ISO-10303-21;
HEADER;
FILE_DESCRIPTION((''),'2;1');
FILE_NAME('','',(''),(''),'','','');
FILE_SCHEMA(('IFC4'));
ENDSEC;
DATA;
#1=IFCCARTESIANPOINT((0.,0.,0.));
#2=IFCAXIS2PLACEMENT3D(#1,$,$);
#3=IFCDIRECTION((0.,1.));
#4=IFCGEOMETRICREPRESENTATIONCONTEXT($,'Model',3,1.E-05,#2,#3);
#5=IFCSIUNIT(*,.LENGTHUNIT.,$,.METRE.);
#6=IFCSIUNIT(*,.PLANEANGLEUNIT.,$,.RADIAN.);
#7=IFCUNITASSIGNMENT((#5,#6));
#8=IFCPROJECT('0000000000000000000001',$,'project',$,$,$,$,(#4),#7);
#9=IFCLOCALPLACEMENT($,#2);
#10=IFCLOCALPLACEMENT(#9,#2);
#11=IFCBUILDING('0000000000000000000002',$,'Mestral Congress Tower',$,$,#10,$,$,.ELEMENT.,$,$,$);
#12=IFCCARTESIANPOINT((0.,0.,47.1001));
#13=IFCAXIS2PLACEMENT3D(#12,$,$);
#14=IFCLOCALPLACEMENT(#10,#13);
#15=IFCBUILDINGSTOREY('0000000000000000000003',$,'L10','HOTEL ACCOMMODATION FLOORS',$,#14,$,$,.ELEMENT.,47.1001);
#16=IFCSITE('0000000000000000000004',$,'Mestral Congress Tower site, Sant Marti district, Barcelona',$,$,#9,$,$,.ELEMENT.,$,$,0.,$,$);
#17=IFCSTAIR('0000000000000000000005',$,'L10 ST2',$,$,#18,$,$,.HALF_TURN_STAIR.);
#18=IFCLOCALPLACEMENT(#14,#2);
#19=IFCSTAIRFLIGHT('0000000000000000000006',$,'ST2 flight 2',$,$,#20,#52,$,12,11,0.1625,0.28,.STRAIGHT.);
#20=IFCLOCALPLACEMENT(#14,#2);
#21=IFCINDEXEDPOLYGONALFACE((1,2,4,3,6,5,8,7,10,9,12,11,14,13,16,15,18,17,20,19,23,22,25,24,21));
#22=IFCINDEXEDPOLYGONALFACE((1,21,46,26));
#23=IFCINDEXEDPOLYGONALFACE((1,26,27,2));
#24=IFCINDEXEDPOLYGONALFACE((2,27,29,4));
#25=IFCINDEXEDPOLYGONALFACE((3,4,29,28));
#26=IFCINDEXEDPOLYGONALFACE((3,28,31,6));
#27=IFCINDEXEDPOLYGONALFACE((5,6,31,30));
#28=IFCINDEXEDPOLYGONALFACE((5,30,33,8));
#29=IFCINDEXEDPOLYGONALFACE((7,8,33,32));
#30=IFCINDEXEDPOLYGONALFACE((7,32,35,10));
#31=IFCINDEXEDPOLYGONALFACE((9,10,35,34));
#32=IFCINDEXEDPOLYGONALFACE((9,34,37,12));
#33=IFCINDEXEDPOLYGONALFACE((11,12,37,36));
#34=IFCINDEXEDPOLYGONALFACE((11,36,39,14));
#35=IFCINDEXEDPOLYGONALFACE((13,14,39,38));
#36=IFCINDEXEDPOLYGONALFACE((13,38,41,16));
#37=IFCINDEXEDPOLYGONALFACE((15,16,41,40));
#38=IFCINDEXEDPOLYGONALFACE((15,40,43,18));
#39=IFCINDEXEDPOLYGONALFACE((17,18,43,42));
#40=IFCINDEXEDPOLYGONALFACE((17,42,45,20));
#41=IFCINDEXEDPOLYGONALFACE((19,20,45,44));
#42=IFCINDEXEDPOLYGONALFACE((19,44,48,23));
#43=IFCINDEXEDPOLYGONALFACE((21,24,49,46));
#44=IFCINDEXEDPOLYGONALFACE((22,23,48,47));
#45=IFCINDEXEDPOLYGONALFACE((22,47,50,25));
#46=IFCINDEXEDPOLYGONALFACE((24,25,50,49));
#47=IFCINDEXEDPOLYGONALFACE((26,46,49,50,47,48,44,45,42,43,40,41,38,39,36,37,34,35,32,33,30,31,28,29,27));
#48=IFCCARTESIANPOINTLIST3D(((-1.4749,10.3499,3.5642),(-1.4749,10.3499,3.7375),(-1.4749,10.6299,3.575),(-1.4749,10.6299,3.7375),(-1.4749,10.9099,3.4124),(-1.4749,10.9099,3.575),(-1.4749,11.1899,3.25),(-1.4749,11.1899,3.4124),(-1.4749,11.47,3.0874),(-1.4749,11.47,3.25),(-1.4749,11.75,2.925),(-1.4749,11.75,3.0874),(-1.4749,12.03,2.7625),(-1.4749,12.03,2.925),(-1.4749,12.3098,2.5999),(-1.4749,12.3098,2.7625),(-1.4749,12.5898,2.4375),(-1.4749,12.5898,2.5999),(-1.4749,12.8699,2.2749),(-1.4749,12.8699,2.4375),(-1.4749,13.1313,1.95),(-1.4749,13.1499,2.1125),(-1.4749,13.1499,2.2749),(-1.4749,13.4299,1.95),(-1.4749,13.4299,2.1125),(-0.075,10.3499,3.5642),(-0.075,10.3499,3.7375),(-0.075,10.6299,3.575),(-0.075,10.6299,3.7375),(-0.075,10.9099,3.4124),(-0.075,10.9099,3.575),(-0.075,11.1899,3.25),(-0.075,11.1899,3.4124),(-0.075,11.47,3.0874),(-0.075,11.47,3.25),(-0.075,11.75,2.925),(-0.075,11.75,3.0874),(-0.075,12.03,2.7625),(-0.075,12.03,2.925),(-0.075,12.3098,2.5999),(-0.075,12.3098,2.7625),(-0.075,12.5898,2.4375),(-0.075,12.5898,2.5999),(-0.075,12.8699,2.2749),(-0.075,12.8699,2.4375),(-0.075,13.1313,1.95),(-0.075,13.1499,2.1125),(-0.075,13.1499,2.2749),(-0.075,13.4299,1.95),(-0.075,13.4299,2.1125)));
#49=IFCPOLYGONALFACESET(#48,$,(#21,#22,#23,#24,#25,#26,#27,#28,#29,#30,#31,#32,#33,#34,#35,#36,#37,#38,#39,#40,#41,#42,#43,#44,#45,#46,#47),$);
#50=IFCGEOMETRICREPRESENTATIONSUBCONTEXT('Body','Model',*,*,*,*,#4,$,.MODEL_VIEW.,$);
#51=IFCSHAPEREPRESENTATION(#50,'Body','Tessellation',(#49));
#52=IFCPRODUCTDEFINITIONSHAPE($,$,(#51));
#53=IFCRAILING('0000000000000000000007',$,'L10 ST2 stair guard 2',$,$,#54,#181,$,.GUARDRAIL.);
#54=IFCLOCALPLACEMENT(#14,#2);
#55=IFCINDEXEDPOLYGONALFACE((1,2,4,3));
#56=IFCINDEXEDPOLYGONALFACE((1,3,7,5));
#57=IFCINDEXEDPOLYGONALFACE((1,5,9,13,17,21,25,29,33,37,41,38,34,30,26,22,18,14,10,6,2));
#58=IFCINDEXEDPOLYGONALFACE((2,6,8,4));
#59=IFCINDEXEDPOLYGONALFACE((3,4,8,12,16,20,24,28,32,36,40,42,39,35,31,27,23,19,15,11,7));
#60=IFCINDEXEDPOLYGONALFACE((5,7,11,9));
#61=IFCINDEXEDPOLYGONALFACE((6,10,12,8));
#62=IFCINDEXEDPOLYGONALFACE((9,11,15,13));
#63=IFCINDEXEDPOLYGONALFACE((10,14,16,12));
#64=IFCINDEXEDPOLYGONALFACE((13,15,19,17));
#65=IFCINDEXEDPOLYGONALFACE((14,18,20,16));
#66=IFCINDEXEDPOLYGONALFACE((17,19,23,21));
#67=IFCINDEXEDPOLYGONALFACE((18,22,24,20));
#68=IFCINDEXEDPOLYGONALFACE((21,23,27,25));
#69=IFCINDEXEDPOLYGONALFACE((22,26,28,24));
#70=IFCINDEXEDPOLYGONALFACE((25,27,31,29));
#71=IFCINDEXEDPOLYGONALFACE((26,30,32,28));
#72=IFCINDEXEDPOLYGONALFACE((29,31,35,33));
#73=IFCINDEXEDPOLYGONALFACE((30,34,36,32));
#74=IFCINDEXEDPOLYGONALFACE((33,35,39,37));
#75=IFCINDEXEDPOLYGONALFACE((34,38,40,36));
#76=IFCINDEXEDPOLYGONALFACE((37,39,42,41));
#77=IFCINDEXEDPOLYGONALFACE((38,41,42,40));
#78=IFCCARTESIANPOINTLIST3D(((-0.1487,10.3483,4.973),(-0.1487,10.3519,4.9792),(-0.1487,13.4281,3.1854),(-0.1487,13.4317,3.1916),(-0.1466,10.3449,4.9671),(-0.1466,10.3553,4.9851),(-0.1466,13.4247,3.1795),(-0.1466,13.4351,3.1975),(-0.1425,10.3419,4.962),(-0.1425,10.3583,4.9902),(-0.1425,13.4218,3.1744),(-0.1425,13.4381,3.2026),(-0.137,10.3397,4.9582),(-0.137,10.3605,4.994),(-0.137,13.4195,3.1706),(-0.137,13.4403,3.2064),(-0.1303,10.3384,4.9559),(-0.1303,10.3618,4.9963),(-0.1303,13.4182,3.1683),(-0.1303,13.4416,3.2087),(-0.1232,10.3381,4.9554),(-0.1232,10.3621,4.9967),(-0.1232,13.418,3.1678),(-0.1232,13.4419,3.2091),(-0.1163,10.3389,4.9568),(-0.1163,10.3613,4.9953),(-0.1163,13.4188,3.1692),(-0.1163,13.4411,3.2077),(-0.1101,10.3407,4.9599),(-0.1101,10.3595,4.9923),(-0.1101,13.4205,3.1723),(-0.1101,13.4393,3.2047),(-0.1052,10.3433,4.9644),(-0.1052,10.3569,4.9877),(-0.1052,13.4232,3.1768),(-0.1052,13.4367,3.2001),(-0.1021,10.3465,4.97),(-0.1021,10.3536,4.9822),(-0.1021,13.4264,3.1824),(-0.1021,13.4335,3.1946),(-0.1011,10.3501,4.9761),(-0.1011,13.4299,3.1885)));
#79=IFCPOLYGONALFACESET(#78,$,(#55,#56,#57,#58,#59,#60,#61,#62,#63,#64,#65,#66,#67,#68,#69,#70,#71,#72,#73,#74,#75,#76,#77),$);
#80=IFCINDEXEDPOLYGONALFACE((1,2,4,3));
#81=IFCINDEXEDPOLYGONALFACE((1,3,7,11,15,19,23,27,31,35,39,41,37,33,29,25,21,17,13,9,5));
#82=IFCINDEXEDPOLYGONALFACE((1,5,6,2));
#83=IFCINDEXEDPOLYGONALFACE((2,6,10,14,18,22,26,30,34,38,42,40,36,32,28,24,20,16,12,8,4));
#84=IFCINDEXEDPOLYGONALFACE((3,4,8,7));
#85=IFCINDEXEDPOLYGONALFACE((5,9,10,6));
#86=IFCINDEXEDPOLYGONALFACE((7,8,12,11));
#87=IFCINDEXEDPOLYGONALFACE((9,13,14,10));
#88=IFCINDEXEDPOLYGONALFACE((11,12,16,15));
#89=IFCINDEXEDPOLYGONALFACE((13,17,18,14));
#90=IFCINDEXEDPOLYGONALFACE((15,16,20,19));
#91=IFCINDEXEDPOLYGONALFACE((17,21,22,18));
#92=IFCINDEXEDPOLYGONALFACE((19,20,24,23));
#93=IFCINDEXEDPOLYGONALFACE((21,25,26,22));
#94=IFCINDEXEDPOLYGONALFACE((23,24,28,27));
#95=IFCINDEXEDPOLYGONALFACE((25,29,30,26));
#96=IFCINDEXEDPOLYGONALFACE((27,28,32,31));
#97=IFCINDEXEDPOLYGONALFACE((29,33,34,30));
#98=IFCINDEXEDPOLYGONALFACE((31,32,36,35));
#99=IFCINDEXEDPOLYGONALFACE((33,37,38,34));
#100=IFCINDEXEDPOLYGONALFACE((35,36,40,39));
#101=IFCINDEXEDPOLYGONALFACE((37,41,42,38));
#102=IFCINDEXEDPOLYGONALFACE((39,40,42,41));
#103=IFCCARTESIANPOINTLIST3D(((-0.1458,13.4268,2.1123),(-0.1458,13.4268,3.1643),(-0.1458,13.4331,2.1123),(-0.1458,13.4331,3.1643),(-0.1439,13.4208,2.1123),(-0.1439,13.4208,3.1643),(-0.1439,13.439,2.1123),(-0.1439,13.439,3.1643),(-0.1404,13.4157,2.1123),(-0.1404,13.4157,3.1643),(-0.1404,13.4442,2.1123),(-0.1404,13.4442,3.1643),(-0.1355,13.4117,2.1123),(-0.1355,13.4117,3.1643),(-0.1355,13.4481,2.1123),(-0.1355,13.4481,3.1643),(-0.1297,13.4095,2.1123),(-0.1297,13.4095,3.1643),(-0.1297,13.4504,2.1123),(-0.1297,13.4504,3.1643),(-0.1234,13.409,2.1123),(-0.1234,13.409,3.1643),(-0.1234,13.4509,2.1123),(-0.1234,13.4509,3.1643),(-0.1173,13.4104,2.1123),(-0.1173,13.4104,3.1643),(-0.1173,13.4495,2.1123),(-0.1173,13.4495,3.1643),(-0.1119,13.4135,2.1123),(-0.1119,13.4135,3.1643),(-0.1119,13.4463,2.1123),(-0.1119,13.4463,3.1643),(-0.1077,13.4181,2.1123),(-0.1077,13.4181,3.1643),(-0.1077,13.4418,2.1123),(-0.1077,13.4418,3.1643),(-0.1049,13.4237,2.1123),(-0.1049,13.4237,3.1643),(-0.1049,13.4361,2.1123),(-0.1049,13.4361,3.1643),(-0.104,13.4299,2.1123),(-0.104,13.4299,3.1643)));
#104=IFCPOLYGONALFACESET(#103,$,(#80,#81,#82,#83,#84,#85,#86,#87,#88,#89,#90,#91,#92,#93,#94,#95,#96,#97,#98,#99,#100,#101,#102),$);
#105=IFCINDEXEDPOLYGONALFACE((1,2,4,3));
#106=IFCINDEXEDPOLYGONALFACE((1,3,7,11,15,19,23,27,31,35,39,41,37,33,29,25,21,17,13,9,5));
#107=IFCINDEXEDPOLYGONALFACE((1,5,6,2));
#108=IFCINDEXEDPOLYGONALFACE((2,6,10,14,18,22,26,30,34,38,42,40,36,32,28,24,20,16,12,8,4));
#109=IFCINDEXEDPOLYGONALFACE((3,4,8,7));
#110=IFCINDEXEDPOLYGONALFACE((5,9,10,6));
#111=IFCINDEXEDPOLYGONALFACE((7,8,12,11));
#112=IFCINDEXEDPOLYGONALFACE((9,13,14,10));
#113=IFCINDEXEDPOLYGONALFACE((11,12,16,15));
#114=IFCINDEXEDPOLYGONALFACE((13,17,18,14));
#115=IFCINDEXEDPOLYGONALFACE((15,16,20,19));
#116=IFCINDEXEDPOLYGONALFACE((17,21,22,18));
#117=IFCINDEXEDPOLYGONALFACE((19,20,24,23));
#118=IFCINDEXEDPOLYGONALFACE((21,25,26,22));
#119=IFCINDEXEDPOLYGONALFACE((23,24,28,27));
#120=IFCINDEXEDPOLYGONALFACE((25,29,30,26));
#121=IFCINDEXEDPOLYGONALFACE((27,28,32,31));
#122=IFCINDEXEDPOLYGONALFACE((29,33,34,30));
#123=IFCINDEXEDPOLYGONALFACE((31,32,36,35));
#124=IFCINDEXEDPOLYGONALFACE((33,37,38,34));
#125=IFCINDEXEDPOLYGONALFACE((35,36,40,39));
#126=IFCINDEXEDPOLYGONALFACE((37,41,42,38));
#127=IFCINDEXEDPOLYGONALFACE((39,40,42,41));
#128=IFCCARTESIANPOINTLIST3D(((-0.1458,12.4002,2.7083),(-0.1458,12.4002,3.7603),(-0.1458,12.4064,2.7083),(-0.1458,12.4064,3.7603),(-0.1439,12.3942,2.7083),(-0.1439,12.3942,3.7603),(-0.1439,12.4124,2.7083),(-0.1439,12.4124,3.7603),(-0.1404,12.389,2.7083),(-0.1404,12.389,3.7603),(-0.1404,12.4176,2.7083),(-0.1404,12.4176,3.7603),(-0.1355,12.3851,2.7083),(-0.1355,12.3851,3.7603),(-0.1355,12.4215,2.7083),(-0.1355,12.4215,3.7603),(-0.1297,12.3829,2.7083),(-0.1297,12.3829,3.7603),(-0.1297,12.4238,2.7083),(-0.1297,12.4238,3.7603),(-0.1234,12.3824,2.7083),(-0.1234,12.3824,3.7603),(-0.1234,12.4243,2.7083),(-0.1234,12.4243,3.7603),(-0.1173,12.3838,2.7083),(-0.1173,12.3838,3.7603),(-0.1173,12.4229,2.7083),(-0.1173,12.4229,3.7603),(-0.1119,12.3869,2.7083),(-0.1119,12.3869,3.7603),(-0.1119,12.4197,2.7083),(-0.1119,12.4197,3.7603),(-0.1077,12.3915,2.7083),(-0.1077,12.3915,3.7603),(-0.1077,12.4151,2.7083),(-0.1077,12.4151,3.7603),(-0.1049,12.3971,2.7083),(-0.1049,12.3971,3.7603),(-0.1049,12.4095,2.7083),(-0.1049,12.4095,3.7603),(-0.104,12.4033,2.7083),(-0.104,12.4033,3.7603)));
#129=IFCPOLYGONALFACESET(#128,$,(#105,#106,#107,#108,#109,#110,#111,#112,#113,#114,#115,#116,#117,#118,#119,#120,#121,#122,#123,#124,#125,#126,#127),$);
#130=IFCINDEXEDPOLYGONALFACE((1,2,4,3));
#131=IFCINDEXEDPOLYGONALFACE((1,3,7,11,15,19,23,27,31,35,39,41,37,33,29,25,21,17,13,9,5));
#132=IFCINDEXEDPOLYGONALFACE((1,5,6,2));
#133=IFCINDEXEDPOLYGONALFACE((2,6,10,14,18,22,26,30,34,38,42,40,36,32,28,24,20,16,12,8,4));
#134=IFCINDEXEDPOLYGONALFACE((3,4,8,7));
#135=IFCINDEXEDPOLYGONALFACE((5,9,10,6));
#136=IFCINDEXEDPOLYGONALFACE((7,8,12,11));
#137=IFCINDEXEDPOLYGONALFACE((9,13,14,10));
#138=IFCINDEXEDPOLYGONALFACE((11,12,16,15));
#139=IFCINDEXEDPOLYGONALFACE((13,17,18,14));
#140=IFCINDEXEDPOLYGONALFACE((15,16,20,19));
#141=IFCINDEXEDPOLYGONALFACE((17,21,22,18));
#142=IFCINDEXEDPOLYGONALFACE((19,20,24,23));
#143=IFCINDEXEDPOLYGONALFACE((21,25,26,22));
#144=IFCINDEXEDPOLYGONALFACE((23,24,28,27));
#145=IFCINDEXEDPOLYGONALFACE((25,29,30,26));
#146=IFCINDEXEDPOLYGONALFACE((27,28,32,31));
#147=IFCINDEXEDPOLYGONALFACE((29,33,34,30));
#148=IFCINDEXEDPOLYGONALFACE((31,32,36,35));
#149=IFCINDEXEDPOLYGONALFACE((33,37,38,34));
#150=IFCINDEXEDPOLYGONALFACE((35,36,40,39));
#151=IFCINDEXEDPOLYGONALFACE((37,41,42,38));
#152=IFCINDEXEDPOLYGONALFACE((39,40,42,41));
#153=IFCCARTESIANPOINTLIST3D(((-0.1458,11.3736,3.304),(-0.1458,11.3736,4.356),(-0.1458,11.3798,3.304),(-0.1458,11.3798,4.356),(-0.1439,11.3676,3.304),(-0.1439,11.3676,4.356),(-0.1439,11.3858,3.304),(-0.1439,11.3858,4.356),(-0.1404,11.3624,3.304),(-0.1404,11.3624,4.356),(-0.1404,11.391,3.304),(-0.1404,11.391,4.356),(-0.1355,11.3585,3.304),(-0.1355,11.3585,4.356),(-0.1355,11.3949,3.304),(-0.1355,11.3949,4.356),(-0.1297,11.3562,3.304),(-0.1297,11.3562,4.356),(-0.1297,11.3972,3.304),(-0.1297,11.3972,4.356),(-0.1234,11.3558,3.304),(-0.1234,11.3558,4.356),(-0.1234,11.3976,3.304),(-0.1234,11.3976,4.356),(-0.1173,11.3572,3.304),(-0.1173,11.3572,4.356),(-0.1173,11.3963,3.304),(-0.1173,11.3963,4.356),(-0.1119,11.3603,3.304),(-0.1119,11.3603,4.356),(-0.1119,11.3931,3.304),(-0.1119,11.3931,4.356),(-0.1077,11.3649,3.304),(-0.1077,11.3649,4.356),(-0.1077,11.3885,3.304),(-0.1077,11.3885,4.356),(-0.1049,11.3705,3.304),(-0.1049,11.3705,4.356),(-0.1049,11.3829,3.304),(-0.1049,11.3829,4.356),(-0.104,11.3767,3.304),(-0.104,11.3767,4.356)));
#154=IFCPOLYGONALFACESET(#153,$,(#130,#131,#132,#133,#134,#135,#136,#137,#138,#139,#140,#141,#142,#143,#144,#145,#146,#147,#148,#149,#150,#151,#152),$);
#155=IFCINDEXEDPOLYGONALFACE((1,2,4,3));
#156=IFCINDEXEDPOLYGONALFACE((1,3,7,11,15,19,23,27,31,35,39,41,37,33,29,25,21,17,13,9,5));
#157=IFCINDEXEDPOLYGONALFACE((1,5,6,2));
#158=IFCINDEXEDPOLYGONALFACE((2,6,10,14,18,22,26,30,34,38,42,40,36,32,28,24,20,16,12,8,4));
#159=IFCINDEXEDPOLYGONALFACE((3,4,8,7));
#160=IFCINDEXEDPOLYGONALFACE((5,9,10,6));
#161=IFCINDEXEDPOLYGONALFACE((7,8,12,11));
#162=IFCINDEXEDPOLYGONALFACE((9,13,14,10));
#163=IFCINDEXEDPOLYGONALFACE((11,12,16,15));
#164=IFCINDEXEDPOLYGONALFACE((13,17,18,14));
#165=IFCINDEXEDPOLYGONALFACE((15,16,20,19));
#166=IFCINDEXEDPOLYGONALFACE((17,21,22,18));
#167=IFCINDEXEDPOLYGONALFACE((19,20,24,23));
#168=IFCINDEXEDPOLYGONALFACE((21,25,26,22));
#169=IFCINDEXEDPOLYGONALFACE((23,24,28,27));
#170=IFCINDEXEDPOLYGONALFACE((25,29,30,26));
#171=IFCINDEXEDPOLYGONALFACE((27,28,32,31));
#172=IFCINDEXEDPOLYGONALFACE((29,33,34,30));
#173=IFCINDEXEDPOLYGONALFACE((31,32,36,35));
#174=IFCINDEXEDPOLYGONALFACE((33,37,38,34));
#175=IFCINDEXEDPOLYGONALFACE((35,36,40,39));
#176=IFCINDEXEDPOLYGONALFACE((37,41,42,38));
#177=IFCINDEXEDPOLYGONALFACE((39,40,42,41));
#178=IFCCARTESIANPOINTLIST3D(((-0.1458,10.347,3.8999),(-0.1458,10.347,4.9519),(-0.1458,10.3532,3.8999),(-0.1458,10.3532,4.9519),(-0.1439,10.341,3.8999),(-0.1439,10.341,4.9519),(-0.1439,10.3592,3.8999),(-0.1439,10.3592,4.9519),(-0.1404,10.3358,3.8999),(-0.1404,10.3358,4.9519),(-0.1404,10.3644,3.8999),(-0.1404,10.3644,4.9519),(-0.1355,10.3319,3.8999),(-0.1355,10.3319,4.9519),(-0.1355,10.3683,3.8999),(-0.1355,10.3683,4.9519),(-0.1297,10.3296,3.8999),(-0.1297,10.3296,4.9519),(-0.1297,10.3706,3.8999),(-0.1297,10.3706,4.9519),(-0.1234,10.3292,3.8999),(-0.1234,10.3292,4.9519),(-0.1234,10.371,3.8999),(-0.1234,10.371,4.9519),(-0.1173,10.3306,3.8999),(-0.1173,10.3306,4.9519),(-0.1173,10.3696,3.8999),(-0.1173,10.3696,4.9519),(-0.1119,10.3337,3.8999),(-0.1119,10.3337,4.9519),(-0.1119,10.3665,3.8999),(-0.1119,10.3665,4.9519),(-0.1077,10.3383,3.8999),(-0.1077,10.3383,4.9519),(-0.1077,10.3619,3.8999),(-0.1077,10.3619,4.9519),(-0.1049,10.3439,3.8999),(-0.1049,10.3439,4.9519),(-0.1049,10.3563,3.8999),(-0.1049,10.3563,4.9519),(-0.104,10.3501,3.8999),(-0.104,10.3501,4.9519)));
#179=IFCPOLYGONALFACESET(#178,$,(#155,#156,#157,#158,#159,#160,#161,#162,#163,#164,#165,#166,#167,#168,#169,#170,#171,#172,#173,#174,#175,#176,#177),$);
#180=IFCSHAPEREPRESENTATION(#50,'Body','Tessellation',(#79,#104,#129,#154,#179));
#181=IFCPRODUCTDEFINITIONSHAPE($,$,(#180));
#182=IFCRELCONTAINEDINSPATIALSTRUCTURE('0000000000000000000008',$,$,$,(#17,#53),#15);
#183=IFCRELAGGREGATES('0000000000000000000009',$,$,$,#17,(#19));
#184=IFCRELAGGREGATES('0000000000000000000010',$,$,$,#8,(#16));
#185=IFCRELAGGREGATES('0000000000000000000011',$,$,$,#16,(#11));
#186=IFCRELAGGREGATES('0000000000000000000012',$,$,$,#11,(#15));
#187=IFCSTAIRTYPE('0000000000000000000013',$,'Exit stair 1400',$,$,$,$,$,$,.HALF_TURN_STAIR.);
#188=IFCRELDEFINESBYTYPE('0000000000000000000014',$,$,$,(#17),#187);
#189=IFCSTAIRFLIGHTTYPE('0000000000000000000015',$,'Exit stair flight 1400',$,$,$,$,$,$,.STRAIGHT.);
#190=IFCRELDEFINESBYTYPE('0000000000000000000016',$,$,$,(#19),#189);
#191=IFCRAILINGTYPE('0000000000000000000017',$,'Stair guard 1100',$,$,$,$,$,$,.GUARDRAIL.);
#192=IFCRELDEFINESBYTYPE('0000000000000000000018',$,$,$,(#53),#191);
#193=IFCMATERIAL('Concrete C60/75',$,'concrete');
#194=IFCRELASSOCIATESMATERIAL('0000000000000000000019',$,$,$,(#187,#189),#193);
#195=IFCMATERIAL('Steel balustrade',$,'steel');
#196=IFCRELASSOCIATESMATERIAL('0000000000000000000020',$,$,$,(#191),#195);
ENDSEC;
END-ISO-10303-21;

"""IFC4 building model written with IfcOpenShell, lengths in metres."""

from ifc_helpers import new_model, si_unit, direction, frame, origin, origin_2d, place, context, subcontext, project, spatial, polyline, circle, outline, extrude, material, type_object, element, aggregate, save


model = new_model("IFC4")

# Units and contexts
model_context = context("Model", 3, precision=1e-05, world=origin(), true_north=direction((0.0, 1.0)))
body_context = subcontext(model_context, "Body", "Model", "MODEL_VIEW")
ifc_project = project(units=[si_unit("LENGTHUNIT", "METRE"), si_unit("PLANEANGLEUNIT", "RADIAN")], contexts=[model_context])

# Site, building, storey
site_placement = place(None, origin())
site = spatial("IfcSite", under=ifc_project, at=site_placement, Name="Mestral Congress Tower site, Sant Marti district, Barcelona", CompositionType="ELEMENT", RefElevation=0.0)
building_placement = place(site_placement, origin())
building = spatial("IfcBuilding", under=site, at=building_placement, Name="Mestral Congress Tower", CompositionType="ELEMENT")
storey_placement = place(building_placement, frame((0.0, 0.0, 47.1001)))
storey = spatial("IfcBuildingStorey", under=building, at=storey_placement, Name="L10", Description="HOTEL ACCOMMODATION FLOORS", CompositionType="ELEMENT", Elevation=47.1001)

# Shared definitions
ifc_material_1 = material(Name="Concrete C60/75", Category="concrete")

# Stair, stair flight
stair_type = type_object("IfcStairType", Name="Exit stair 1400", PredefinedType="HALF_TURN_STAIR", material=ifc_material_1)
stair_placement = place(storey_placement, origin())
stair = element("IfcStair", 1, at=stair_placement, inside=storey, type_object=stair_type, Name="L10 ST2", PredefinedType="HALF_TURN_STAIR")
stair_flight_type = type_object("IfcStairFlightType", Name="Exit stair flight 1400", PredefinedType="STRAIGHT", material=ifc_material_1)
stair_flight_placement = place(storey_placement, frame((-0.7749, 13.4299, 1.95), z_axis=(0.0, 0.0, 1.0), x_axis=(0.0, -1.0, 0.0)))
stair_flight = element("IfcStairFlight", 2, at=stair_flight_placement, type_object=stair_flight_type, Name="ST2 flight 2", NumberOfRisers=12, NumberOfTreads=11, PredefinedType="STRAIGHT", RiserHeight=0.1625, TreadLength=0.28, context=body_context, shape_type="SweptSolid", body=[
    extrude(outline(polyline([(0.0, 0.0), (0.0, 0.1626), (0.28, 0.1626), (0.28, 0.325), (0.5601, 0.325), (0.5601, 0.4875), (0.8401, 0.4875), (0.8401, 0.6499), (1.1201, 0.6499), (1.1201, 0.8125), (1.3999, 0.8125), (1.3999, 0.9751), (1.6799, 0.9751), (1.6799, 1.1375), (1.96, 1.1375), (1.96, 1.3), (2.24, 1.3), (2.24, 1.4624), (2.52, 1.4624), (2.52, 1.625), (2.8, 1.625), (2.8, 1.7876), (3.0801, 1.7876), (3.0801, 1.95), (3.0801, 1.6143), (0.2986, 0.0), (0.0, 0.0)])), frame((0.0, 0.7, 0.0), z_axis=(0.0, -1.0, 0.0), x_axis=(1.0, 0.0, 0.0)), (0.0, 0.0, 1.0), 1.3999),
])
aggregate(stair, [stair_flight])

# Railing
ifc_material_2 = material(Name="Steel balustrade", Category="steel")
railing_type = type_object("IfcRailingType", Name="Stair guard 1100", PredefinedType="GUARDRAIL", material=ifc_material_2)
railing_placement = place(storey_placement, frame((-0.125, 13.4299, 2.1123)))
element("IfcRailing", 3, at=railing_placement, inside=storey, type_object=railing_type, Name="L10 ST2 stair guard 2", PredefinedType="GUARDRAIL", context=body_context, shape_type="SweptSolid", body=[
    extrude(circle(Radius=0.0239, at=origin_2d()), frame((0.0, 0.0, 1.0762), z_axis=(0.0, -0.864873, 0.50199), x_axis=(1.0, 0.0, 0.0)), (0.0, 0.0, 1.0), 3.561),
    extrude(circle(Radius=0.021, at=origin_2d()), origin(), (0.0, 0.0, 1.0), 1.052),
    extrude(circle(Radius=0.021, at=origin_2d()), frame((0.0, -1.0266, 0.5959)), (0.0, 0.0, 1.0), 1.052),
    extrude(circle(Radius=0.021, at=origin_2d()), frame((0.0, -2.0532, 1.1917)), (0.0, 0.0, 1.0), 1.052),
    extrude(circle(Radius=0.021, at=origin_2d()), frame((0.0, -3.0798, 1.7876)), (0.0, 0.0, 1.0), 1.052),
])

save(model, "model.ifc")
